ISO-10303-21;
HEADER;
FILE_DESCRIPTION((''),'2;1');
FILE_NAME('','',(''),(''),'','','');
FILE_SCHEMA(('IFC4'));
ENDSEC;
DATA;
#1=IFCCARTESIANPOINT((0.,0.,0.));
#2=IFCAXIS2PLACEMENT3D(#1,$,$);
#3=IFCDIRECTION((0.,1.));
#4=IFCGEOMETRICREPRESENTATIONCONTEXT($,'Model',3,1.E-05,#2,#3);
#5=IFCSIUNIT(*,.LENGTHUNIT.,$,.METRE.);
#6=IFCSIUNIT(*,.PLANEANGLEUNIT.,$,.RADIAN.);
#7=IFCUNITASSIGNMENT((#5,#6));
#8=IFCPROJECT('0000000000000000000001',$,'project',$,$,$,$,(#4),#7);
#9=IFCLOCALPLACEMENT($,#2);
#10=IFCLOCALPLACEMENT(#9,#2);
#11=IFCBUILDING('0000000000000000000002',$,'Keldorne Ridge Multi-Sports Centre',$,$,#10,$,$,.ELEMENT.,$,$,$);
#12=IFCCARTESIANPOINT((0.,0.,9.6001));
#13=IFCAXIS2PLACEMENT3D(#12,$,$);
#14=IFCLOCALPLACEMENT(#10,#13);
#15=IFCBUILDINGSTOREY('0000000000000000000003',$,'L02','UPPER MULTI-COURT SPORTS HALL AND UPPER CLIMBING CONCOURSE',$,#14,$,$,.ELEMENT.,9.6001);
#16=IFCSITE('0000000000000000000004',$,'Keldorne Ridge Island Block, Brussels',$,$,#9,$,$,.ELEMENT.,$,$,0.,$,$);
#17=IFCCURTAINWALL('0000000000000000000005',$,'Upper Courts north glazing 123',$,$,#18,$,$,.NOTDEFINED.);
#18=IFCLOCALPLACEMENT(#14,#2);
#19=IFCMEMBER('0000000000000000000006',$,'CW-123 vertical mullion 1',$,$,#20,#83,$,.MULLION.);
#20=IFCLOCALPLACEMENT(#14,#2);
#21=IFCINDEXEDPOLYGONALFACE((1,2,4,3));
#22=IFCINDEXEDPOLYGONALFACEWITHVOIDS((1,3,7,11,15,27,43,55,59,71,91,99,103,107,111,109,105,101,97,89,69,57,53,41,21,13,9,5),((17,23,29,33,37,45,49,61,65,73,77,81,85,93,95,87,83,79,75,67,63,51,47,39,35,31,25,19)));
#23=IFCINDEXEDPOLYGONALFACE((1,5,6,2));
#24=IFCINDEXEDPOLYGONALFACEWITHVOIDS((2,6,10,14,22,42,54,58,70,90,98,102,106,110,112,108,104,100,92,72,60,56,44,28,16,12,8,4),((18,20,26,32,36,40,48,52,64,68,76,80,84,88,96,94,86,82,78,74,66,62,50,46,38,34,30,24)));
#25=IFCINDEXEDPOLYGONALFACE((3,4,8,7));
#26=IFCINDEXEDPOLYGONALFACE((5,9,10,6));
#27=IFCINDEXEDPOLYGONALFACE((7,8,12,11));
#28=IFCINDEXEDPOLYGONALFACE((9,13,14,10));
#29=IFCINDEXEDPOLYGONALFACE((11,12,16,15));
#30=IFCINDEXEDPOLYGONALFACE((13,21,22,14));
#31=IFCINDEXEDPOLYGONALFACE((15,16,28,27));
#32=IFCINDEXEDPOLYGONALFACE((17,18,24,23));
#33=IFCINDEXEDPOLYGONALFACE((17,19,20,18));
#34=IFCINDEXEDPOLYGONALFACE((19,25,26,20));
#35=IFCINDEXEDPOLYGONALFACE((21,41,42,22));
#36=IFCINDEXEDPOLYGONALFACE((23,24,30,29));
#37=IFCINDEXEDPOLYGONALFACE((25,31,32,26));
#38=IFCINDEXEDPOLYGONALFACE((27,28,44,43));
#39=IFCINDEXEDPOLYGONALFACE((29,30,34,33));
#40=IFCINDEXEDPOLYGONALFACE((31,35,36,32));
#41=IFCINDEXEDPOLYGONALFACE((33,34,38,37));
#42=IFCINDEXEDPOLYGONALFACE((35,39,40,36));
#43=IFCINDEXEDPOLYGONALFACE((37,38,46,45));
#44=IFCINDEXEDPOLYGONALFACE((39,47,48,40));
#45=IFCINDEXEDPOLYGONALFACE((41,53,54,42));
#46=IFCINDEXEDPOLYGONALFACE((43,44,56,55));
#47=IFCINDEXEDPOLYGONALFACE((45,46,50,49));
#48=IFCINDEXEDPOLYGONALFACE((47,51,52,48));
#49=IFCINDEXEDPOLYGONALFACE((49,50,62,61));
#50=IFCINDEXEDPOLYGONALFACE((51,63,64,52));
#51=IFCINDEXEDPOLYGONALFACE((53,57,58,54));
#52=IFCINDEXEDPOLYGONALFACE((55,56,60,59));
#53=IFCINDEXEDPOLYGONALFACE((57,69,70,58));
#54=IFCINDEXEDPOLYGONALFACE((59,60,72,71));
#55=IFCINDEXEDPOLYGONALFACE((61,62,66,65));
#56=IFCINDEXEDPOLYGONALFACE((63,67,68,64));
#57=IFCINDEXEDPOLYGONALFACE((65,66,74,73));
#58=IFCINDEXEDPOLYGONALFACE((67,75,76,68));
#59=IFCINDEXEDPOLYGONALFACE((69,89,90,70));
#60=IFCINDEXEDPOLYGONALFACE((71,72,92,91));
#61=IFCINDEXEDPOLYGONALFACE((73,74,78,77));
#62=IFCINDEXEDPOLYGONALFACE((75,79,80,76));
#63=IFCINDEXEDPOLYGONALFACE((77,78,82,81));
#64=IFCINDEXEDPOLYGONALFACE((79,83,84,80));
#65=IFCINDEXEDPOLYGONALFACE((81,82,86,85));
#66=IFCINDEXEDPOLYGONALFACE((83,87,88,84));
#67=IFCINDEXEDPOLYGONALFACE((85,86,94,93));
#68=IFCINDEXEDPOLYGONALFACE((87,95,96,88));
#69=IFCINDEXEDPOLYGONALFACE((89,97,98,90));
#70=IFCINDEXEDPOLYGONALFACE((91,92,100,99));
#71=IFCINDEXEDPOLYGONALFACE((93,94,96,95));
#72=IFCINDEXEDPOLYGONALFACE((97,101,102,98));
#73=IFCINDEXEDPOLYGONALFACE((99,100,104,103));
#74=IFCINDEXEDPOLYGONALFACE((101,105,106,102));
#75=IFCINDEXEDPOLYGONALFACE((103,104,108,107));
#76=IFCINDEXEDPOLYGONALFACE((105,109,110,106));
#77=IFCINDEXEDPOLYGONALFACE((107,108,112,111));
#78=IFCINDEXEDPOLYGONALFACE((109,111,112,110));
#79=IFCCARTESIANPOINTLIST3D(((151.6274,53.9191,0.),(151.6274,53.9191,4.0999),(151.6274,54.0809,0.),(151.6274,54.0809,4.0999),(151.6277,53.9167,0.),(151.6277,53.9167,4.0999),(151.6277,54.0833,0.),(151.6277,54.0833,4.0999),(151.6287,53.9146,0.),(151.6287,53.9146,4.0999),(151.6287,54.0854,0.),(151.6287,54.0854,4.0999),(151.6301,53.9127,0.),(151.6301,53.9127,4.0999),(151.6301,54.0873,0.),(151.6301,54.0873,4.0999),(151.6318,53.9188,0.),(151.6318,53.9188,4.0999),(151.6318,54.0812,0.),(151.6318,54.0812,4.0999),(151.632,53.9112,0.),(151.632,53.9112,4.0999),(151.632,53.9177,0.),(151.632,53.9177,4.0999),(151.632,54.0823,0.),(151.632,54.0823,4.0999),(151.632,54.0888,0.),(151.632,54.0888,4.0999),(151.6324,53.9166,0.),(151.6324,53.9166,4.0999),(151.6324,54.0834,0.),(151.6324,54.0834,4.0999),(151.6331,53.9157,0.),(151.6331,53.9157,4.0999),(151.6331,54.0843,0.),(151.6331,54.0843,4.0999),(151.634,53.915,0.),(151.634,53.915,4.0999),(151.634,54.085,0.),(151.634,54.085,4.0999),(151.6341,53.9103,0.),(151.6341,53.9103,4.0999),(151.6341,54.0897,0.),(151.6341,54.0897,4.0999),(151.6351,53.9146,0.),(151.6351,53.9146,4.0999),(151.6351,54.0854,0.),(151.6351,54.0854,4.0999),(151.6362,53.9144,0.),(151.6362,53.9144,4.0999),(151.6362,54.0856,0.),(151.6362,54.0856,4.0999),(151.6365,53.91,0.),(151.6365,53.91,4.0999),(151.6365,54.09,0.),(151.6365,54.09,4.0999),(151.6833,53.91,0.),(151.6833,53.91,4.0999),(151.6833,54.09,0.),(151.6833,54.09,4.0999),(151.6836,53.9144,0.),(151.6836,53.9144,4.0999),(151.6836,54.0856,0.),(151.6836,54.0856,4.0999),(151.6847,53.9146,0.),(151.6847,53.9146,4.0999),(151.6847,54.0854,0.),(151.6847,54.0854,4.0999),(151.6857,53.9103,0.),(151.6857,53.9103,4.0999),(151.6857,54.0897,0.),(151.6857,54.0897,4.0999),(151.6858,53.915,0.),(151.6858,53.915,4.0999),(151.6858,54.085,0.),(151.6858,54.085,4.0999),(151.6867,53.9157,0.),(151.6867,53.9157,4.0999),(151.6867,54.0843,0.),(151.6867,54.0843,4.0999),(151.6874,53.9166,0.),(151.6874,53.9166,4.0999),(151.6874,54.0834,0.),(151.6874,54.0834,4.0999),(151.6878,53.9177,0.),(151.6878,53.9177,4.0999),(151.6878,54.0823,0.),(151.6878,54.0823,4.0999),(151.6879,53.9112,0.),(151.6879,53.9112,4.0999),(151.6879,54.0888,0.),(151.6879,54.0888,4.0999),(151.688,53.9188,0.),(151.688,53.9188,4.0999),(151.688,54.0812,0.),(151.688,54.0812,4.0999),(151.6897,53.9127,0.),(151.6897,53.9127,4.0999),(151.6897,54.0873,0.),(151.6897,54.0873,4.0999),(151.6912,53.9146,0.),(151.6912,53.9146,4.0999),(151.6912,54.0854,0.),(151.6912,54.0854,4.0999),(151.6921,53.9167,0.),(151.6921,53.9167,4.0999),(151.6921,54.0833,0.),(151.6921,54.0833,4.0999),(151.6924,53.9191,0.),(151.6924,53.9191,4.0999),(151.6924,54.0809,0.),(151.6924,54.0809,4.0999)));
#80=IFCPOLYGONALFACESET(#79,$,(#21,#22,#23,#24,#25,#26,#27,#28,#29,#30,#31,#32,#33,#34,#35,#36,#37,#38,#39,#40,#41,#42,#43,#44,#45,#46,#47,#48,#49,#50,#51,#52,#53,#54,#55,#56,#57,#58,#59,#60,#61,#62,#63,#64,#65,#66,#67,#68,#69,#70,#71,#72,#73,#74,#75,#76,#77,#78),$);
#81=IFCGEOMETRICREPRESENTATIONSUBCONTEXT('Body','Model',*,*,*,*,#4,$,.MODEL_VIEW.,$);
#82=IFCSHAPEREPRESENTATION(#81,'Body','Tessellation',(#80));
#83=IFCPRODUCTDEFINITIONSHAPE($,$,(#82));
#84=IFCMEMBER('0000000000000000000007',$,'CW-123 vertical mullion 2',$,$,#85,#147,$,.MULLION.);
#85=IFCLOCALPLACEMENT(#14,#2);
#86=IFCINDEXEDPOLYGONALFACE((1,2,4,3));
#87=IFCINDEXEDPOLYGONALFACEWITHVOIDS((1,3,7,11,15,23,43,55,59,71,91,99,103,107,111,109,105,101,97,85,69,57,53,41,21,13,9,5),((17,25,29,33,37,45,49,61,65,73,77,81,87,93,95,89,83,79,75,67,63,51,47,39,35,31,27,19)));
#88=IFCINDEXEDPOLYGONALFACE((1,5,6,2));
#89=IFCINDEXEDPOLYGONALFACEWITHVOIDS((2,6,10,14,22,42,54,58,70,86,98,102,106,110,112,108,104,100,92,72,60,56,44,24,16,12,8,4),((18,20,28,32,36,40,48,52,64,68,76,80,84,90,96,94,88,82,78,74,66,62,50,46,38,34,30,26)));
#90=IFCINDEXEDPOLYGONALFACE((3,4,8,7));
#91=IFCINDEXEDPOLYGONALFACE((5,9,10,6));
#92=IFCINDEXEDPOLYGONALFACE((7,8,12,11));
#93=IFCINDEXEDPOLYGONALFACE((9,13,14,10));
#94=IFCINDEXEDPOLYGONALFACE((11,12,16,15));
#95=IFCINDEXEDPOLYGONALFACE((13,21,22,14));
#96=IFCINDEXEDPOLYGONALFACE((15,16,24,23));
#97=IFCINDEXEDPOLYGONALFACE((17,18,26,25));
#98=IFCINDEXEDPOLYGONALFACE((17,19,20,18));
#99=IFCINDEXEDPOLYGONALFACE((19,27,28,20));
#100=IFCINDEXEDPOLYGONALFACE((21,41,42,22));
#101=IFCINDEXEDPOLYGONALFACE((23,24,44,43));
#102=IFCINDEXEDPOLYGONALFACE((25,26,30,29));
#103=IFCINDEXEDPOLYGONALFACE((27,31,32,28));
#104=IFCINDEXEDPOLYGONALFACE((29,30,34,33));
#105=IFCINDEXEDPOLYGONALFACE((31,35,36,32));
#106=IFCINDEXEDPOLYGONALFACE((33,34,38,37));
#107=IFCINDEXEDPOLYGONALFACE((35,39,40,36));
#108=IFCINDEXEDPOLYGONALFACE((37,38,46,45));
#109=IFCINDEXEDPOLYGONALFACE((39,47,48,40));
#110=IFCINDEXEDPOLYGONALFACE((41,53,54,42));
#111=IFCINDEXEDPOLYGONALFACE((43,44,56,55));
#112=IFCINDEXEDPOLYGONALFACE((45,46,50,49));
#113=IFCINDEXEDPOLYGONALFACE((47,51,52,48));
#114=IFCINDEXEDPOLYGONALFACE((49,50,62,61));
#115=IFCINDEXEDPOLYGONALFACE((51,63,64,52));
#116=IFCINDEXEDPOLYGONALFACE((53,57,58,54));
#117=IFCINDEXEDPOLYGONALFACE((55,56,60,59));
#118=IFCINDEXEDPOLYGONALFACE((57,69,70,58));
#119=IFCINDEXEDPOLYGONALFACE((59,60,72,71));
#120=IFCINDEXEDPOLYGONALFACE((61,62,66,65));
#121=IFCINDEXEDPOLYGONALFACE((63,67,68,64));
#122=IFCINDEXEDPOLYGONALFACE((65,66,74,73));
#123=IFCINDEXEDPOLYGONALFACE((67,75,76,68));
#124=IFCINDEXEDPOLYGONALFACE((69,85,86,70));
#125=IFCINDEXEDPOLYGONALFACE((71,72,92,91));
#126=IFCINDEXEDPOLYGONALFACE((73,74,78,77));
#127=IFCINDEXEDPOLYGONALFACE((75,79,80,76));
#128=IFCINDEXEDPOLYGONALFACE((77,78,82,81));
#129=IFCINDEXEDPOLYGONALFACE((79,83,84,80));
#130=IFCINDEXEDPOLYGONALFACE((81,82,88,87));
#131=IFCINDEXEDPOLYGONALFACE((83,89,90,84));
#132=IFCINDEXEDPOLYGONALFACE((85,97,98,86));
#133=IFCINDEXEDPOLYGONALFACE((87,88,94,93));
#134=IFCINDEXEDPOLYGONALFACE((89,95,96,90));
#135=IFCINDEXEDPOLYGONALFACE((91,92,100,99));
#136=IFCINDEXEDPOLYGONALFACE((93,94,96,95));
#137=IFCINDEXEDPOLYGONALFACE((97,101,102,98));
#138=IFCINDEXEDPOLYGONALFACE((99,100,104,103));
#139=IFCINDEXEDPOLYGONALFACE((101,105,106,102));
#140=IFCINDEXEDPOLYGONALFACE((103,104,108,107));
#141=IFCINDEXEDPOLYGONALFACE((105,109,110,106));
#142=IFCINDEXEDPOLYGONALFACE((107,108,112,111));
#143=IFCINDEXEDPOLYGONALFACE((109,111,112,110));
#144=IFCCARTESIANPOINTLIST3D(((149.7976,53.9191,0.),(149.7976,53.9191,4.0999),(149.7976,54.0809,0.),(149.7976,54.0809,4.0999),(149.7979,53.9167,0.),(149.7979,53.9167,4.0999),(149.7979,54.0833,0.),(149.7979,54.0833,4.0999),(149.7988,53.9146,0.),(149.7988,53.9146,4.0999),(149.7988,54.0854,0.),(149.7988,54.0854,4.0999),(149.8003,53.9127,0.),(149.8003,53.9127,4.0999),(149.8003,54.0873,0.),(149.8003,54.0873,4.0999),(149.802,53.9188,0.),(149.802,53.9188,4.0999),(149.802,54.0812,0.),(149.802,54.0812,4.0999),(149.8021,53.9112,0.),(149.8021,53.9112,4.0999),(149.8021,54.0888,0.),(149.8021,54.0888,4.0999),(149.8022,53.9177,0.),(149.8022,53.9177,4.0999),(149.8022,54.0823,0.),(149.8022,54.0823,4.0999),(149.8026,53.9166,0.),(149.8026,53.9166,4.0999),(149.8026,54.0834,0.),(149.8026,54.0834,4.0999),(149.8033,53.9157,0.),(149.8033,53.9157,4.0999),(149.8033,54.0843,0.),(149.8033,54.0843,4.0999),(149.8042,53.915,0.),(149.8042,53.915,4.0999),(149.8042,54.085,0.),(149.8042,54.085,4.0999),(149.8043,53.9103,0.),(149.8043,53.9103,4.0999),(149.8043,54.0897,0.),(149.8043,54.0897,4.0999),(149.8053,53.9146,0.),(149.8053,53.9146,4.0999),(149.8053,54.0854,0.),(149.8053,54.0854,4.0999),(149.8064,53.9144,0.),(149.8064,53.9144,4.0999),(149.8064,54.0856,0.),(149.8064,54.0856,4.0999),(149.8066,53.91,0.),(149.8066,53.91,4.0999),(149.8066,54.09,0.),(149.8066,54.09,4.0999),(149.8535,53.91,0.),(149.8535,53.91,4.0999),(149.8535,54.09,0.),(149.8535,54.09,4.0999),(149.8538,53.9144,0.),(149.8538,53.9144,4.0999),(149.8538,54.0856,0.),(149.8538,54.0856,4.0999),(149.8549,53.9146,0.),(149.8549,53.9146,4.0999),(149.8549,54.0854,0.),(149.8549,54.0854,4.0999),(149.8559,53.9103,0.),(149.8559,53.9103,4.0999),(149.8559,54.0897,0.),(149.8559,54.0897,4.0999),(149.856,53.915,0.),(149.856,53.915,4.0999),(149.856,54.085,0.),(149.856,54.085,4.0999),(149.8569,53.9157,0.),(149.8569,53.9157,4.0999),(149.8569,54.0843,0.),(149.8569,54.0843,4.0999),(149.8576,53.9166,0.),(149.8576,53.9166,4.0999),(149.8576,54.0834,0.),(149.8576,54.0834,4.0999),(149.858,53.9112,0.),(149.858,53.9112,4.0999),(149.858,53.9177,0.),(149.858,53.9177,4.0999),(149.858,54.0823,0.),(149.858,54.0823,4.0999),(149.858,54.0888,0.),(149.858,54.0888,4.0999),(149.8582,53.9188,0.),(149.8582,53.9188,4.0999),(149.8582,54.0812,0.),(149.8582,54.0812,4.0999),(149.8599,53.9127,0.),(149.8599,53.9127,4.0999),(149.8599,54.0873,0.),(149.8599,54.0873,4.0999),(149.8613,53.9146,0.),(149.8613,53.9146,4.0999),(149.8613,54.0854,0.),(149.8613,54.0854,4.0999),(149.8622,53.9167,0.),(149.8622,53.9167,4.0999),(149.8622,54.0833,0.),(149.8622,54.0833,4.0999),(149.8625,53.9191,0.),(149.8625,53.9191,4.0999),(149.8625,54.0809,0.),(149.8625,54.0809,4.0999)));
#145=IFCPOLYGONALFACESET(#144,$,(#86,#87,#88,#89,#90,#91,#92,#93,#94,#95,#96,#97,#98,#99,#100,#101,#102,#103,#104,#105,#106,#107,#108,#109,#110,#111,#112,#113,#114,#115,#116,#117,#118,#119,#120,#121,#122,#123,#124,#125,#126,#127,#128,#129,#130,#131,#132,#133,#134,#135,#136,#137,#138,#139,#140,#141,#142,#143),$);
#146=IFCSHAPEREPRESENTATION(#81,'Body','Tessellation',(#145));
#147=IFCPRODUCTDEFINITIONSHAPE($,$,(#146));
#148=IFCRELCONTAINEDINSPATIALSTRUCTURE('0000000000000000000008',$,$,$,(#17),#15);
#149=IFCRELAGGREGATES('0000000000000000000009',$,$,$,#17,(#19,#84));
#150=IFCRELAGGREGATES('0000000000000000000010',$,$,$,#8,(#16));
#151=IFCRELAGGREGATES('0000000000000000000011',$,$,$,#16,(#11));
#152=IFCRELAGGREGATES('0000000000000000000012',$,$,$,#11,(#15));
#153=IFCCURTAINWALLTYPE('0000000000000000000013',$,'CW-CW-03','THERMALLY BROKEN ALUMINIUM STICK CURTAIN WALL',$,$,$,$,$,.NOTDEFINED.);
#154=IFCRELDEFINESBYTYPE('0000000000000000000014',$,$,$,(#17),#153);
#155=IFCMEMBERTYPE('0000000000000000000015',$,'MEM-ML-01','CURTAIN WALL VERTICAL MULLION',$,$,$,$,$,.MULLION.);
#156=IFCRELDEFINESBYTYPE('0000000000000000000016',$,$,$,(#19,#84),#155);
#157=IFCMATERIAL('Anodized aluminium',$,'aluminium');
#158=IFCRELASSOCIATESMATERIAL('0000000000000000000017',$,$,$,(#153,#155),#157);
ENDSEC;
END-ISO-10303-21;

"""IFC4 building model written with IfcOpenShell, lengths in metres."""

from ifc_helpers import new_model, si_unit, direction, frame, origin, origin_2d, place, context, subcontext, project, spatial, hollow_rectangle, extrude, material, material_profile, profile_set, type_object, element, aggregate, save


model = new_model("IFC4")

# Units and contexts
model_context = context("Model", 3, precision=1e-05, world=origin(), true_north=direction((0.0, 1.0)))
body_context = subcontext(model_context, "Body", "Model", "MODEL_VIEW")
ifc_project = project(units=[si_unit("LENGTHUNIT", "METRE"), si_unit("PLANEANGLEUNIT", "RADIAN")], contexts=[model_context])

# Site, building, storey
site_placement = place(None, origin())
site = spatial("IfcSite", under=ifc_project, at=site_placement, Name="Keldorne Ridge Island Block, Brussels", CompositionType="ELEMENT", RefElevation=0.0)
building_placement = place(site_placement, origin())
building = spatial("IfcBuilding", under=site, at=building_placement, Name="Keldorne Ridge Multi-Sports Centre", CompositionType="ELEMENT")
storey_placement = place(building_placement, frame((0.0, 0.0, 9.6001)))
storey = spatial("IfcBuildingStorey", under=building, at=storey_placement, Name="L02", Description="UPPER MULTI-COURT SPORTS HALL AND UPPER CLIMBING CONCOURSE", CompositionType="ELEMENT", Elevation=9.6001)

# Curtain wall, members
ifc_material_1 = material(Name="Anodized aluminium", Category="aluminium")
curtain_wall_type = type_object("IfcCurtainWallType", Name="CW-CW-03", Description="THERMALLY BROKEN ALUMINIUM STICK CURTAIN WALL", PredefinedType="NOTDEFINED", material=ifc_material_1)
curtain_wall_placement = place(storey_placement, origin())
curtain_wall = element("IfcCurtainWall", 1, at=curtain_wall_placement, inside=storey, type_object=curtain_wall_type, Name="Upper Courts north glazing 123", PredefinedType="NOTDEFINED")
ifc_material_profile_1 = material_profile(ifc_material_1, hollow_rectangle(XDim=0.0649, YDim=0.1799, WallThickness=0.0044, InnerFilletRadius=0.0044, OuterFilletRadius=0.009, at=origin_2d()), Name="ALU MULLION 180x65x4.5")
ifc_profile_set_1 = profile_set([ifc_material_profile_1], Name="Anodized aluminium")
member_type_1 = type_object("IfcMemberType", Name="MEM-ML-01", Description="CURTAIN WALL VERTICAL MULLION", PredefinedType="MULLION", material=ifc_profile_set_1)
member_1_placement = place(storey_placement, frame((151.6599, 54.0, 0.0), z_axis=(0.0, 0.0, 1.0), x_axis=(1.0, 0.0, 0.0)))
member_1 = element("IfcMember", 2, at=member_1_placement, type_object=member_type_1, Name="CW-123 vertical mullion 1", PredefinedType="MULLION", context=body_context, shape_type="SweptSolid", body=[
    extrude(hollow_rectangle(XDim=0.0649, YDim=0.1799, WallThickness=0.0044, InnerFilletRadius=0.0044, OuterFilletRadius=0.009, at=origin_2d()), origin(), (0.0, 0.0, 1.0), 4.0999),
])
member_2_placement = place(storey_placement, frame((149.8301, 54.0, 0.0), z_axis=(0.0, 0.0, 1.0), x_axis=(1.0, 0.0, 0.0)))
member_2 = element("IfcMember", 3, at=member_2_placement, type_object=member_type_1, Name="CW-123 vertical mullion 2", PredefinedType="MULLION", context=body_context, shape_type="SweptSolid", body=[
    extrude(hollow_rectangle(XDim=0.0649, YDim=0.1799, WallThickness=0.0044, InnerFilletRadius=0.0044, OuterFilletRadius=0.009, at=origin_2d()), origin(), (0.0, 0.0, 1.0), 4.0999),
])
aggregate(curtain_wall, [member_1, member_2])

save(model, "model.ifc")
